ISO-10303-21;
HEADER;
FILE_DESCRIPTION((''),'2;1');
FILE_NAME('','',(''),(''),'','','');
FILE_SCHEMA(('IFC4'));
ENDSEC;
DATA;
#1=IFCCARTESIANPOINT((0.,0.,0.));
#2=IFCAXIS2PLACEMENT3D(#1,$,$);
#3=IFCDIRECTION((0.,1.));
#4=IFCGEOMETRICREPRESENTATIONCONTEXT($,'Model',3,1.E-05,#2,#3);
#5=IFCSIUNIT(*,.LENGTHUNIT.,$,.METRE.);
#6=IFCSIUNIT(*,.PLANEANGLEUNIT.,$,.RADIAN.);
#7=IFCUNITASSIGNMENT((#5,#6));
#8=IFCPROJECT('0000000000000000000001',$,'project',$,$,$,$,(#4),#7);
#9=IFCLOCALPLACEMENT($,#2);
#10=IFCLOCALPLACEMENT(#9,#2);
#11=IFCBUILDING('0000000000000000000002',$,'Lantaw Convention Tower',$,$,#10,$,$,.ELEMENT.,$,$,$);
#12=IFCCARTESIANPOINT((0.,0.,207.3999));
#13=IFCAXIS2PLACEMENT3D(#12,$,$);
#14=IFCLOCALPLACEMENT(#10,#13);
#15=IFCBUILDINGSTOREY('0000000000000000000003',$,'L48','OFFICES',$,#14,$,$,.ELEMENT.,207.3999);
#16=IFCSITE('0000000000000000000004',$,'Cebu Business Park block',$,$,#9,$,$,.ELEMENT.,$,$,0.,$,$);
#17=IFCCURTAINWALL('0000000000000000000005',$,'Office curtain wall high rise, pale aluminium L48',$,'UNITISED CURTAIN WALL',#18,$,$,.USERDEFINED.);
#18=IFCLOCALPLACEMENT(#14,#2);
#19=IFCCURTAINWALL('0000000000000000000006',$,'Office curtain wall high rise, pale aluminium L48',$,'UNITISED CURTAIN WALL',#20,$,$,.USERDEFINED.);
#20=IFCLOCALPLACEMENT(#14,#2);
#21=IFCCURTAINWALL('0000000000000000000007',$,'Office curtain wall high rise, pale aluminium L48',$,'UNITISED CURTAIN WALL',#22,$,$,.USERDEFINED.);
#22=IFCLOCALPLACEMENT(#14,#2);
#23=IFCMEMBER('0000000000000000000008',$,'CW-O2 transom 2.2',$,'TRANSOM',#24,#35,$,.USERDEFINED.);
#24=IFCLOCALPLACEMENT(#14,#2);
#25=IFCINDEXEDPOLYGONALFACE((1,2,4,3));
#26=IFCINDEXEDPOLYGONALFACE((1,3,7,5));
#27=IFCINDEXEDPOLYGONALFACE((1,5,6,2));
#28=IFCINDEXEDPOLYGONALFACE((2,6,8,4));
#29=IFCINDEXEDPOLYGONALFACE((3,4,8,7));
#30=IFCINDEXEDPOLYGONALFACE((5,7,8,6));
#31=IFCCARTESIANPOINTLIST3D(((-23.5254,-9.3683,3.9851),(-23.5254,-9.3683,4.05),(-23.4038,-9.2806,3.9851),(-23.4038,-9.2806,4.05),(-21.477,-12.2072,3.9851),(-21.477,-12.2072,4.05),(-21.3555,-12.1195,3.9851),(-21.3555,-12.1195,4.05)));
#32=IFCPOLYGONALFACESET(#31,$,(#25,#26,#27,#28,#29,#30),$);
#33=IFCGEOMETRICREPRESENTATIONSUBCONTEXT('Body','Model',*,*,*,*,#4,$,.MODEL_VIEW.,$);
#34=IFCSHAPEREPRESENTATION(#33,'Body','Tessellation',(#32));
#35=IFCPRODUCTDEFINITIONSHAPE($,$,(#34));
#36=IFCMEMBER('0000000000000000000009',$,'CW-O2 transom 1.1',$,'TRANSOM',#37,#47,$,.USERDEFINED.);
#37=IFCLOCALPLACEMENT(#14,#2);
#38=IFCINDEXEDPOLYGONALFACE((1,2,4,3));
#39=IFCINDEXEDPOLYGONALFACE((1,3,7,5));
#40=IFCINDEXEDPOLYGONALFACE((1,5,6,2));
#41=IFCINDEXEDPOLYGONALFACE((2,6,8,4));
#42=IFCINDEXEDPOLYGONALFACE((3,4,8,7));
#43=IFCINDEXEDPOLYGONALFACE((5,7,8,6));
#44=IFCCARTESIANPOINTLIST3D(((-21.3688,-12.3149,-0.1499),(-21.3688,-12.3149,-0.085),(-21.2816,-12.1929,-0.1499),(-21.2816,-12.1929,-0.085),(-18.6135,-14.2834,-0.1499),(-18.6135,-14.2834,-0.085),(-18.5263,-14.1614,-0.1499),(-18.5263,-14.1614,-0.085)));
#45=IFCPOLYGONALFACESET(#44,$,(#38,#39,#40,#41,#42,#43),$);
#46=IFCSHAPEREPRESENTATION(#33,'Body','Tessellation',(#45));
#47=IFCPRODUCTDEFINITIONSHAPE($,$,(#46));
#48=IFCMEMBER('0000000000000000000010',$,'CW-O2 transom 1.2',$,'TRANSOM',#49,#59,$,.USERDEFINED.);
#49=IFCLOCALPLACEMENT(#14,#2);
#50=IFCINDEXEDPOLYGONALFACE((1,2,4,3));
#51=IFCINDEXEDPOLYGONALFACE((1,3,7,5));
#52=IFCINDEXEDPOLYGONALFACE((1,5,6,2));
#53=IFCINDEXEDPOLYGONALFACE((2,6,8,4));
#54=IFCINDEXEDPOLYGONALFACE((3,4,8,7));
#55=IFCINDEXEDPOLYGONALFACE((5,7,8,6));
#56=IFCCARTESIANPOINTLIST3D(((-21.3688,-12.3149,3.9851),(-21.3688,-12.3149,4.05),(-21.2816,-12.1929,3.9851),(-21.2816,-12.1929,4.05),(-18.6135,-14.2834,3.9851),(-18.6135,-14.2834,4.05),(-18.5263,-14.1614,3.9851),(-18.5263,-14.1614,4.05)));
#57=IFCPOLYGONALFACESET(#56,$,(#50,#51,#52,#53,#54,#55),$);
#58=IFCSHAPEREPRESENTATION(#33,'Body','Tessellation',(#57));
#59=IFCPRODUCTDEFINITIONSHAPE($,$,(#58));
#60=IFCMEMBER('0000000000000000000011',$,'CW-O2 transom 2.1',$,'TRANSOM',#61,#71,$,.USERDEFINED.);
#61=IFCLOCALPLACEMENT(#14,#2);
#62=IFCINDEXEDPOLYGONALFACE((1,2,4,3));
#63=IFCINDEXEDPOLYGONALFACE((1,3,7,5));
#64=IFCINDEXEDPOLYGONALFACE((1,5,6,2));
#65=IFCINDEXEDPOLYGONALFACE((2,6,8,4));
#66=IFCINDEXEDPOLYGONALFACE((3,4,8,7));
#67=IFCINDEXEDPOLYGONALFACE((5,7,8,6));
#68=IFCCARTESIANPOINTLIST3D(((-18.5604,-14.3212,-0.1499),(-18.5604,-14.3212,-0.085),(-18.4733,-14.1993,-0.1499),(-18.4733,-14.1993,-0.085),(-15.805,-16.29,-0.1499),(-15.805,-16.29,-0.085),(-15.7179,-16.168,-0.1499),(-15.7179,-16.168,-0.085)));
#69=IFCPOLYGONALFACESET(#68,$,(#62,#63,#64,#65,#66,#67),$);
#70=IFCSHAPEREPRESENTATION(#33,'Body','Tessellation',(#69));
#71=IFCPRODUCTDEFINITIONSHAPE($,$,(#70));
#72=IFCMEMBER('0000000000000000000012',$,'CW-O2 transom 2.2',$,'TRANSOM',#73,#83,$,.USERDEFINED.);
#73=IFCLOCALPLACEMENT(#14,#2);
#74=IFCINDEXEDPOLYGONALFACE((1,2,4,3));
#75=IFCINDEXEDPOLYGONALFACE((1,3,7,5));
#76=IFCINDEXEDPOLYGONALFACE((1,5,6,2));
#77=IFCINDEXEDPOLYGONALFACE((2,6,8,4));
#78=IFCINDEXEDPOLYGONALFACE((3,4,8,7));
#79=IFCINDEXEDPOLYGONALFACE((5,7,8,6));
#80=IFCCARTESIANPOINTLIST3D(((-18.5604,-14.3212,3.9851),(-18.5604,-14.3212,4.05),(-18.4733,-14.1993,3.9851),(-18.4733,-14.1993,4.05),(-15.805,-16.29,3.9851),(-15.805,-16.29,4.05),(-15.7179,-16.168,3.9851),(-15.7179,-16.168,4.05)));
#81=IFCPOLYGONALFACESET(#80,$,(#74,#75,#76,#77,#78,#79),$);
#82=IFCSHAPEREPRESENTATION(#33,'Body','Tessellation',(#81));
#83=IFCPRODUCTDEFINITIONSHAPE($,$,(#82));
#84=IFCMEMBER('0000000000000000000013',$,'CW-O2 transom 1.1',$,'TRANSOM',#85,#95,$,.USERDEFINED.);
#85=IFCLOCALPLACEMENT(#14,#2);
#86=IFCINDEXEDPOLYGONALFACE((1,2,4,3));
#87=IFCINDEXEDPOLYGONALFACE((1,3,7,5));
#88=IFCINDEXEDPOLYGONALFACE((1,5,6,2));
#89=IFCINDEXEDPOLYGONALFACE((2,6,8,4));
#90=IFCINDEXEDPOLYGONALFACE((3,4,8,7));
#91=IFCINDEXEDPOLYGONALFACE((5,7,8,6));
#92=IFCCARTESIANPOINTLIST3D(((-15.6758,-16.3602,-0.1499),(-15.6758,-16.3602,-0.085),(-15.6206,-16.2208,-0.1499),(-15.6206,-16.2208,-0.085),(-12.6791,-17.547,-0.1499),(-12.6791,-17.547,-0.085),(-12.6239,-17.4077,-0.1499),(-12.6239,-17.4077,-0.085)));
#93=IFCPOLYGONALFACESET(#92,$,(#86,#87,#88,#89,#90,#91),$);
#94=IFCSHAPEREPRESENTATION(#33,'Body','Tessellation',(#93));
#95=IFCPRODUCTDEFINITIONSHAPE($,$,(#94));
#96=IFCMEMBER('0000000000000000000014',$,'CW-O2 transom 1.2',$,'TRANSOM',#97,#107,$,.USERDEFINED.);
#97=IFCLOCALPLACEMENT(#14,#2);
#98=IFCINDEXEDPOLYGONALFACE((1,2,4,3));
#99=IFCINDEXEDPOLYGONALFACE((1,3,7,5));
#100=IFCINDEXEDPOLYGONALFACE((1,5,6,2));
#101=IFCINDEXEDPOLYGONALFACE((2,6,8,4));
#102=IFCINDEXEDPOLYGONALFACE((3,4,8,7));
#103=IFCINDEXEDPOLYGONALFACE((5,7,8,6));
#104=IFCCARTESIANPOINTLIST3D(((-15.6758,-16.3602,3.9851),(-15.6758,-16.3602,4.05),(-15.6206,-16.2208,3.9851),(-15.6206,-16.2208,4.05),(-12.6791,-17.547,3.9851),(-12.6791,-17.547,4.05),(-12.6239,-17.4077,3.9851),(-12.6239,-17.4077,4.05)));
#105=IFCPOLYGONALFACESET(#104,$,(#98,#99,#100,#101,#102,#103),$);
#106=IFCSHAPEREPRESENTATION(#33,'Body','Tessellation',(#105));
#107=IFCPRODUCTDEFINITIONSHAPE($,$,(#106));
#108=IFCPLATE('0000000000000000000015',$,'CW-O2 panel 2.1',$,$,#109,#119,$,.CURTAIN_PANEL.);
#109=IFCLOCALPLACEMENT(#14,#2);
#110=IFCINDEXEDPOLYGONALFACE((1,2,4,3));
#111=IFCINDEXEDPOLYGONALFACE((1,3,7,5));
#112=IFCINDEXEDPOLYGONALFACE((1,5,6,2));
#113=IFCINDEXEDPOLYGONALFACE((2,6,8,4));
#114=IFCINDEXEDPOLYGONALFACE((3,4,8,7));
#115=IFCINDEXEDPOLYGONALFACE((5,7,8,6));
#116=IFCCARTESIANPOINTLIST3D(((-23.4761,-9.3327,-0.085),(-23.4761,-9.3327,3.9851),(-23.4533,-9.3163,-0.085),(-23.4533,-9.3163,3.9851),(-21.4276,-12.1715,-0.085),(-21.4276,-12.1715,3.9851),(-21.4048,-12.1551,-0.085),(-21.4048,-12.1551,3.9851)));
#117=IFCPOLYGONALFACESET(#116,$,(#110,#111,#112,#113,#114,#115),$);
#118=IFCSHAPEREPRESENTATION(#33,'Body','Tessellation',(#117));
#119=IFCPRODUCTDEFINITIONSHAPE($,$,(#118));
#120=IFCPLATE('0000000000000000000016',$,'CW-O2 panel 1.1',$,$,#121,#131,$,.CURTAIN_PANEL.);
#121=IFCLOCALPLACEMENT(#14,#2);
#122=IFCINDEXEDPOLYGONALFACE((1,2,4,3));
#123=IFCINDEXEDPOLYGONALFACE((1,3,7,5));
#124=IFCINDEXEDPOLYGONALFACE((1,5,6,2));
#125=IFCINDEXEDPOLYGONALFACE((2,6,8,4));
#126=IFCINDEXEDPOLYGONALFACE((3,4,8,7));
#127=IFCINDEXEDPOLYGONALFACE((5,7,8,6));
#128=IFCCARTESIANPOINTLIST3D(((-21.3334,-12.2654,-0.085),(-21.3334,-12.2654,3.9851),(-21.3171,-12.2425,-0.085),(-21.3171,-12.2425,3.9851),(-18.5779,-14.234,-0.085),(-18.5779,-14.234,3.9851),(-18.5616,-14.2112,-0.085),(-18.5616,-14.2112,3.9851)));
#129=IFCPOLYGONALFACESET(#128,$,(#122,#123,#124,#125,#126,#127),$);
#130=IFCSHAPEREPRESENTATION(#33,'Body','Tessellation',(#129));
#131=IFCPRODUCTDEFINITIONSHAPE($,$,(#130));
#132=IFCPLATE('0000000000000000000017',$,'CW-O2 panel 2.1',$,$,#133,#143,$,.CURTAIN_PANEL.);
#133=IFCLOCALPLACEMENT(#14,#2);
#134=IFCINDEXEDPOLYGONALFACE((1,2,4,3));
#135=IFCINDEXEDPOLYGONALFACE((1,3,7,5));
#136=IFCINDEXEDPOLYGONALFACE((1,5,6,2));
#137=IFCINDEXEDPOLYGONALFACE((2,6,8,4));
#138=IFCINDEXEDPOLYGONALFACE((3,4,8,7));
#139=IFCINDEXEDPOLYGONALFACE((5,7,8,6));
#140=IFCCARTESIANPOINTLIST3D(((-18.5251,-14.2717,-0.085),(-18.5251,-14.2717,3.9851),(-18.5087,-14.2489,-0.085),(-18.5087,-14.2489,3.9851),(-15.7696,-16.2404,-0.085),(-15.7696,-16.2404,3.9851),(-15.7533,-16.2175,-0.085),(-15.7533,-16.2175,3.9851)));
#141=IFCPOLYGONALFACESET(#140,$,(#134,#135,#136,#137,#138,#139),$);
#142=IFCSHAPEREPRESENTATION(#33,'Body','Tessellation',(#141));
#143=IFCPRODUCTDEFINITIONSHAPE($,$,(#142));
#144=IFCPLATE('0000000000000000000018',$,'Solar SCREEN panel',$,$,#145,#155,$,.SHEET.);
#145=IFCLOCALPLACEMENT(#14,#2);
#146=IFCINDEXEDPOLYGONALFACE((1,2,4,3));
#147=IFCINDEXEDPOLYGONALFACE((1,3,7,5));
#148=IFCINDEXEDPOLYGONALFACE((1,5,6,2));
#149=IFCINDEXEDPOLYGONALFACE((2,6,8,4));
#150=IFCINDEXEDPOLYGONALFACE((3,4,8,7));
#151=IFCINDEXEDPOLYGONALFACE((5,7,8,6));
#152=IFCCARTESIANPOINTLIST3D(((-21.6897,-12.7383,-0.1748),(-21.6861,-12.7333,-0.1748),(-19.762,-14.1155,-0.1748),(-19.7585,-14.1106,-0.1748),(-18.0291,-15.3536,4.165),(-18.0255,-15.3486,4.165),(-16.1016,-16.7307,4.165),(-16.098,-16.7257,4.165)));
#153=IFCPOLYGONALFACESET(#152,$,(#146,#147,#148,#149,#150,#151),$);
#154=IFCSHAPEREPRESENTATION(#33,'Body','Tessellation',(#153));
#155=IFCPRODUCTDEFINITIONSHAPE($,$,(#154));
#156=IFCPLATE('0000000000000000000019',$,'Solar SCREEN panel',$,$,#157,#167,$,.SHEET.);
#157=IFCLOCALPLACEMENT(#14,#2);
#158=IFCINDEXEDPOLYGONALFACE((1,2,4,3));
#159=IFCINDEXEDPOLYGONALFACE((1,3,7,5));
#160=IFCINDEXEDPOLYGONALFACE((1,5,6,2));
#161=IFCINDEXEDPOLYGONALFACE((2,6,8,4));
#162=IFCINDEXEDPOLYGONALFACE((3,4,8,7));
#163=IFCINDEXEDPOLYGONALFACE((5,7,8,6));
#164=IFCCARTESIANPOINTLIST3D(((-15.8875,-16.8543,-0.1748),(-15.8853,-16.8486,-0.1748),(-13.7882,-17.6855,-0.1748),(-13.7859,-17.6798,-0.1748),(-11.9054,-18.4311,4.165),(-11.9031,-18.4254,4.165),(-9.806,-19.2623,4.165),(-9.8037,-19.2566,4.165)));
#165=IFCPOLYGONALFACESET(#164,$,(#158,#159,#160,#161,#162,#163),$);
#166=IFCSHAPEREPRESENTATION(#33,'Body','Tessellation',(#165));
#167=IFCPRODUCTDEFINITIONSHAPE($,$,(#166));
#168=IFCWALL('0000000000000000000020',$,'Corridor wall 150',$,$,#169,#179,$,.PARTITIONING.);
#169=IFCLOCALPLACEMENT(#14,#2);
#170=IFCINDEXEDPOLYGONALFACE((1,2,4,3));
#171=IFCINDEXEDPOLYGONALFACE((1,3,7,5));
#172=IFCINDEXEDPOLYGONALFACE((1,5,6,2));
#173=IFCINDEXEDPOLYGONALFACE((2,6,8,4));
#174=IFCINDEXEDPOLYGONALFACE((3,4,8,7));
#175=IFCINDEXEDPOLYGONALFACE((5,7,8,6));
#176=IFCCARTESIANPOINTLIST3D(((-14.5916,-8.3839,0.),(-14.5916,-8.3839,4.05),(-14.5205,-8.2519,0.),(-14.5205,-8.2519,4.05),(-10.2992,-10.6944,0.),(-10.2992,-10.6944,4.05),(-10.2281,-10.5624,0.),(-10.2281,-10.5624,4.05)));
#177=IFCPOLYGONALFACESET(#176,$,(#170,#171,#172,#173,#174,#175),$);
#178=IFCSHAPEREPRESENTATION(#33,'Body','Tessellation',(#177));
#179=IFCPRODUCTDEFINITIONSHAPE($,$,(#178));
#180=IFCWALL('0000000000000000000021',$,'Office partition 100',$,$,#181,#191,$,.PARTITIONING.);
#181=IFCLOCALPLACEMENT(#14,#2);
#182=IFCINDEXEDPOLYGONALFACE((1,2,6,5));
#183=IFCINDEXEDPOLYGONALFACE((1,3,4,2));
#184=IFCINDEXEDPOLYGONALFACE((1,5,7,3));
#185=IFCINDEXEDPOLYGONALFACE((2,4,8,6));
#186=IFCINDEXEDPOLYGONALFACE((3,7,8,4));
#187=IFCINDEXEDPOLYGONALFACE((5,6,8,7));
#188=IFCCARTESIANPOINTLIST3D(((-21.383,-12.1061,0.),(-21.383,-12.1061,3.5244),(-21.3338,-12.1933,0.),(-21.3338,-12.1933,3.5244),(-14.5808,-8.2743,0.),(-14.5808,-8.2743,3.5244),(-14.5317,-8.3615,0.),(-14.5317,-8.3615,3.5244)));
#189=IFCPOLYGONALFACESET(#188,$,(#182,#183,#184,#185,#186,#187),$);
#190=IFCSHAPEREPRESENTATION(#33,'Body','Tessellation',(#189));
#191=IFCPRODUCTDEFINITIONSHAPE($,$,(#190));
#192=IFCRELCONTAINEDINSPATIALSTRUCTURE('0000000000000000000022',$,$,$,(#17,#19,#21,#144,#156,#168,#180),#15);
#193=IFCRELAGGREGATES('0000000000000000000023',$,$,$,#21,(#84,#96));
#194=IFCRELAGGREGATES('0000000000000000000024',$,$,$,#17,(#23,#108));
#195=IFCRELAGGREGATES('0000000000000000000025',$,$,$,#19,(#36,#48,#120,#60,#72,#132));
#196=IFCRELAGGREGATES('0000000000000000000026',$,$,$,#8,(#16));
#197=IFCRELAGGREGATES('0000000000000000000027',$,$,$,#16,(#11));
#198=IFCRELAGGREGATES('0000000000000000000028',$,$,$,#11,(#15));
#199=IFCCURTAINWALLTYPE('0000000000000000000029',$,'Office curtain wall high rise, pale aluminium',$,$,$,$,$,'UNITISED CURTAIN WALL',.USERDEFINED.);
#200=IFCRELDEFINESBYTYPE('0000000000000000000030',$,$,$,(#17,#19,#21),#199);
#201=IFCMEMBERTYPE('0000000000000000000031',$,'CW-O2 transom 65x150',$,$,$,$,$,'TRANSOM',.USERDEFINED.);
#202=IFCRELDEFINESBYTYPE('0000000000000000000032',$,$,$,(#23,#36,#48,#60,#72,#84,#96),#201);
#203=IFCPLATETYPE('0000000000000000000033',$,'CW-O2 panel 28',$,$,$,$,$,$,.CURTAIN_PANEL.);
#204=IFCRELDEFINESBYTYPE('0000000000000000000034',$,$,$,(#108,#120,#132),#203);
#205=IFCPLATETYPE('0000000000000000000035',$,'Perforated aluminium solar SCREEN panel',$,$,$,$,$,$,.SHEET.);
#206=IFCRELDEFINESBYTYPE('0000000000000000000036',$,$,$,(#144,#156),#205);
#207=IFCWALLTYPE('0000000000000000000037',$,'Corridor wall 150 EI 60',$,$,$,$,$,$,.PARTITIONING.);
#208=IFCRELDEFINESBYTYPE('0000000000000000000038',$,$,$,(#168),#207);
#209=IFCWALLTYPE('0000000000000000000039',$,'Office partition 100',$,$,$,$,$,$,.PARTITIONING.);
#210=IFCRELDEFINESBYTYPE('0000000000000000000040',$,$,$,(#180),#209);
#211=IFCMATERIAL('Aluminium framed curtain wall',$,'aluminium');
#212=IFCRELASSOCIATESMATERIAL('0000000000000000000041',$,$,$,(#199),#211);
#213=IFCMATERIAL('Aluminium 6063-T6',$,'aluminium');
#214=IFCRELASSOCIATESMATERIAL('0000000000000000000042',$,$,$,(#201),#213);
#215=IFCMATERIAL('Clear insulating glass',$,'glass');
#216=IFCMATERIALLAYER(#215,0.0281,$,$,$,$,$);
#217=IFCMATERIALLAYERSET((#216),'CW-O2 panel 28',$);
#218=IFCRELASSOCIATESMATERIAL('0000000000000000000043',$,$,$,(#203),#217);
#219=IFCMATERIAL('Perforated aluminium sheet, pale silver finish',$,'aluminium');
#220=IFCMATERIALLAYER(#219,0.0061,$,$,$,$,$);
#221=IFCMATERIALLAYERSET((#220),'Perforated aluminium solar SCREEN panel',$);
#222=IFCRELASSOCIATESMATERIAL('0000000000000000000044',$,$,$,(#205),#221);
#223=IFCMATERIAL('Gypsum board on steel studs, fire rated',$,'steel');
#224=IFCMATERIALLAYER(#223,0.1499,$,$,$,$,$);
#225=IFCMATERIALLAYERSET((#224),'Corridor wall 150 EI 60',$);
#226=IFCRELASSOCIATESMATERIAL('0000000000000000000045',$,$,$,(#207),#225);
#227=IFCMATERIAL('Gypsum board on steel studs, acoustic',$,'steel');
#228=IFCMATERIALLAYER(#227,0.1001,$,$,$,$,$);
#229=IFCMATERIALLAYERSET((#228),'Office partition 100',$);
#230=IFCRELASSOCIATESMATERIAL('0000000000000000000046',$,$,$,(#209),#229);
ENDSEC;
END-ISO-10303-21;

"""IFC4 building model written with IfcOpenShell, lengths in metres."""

from ifc_helpers import new_model, si_unit, direction, frame, frame_2d, origin, origin_2d, place, context, subcontext, project, spatial, polyline, rectangle, outline, extrude, material, layer, layer_set, material_profile, profile_set, type_object, element, aggregate, save


model = new_model("IFC4")

# Units and contexts
model_context = context("Model", 3, precision=1e-05, world=origin(), true_north=direction((0.0, 1.0)))
body_context = subcontext(model_context, "Body", "Model", "MODEL_VIEW")
ifc_project = project(units=[si_unit("LENGTHUNIT", "METRE"), si_unit("PLANEANGLEUNIT", "RADIAN")], contexts=[model_context])

# Site, building, storey
site_placement = place(None, origin())
site = spatial("IfcSite", under=ifc_project, at=site_placement, Name="Cebu Business Park block", CompositionType="ELEMENT", RefElevation=0.0)
building_placement = place(site_placement, origin())
building = spatial("IfcBuilding", under=site, at=building_placement, Name="Lantaw Convention Tower", CompositionType="ELEMENT")
storey_placement = place(building_placement, frame((0.0, 0.0, 207.3999)))
storey = spatial("IfcBuildingStorey", under=building, at=storey_placement, Name="L48", Description="OFFICES", CompositionType="ELEMENT", Elevation=207.3999)

# Curtain walls
ifc_material_1 = material(Name="Aluminium framed curtain wall", Category="aluminium")
curtain_wall_type = type_object("IfcCurtainWallType", Name="Office curtain wall high rise, pale aluminium", ElementType="UNITISED CURTAIN WALL", PredefinedType="USERDEFINED", material=ifc_material_1)
curtain_wall_1_placement = place(storey_placement, origin())
curtain_wall_1 = element("IfcCurtainWall", 1, at=curtain_wall_1_placement, inside=storey, type_object=curtain_wall_type, Name="Office curtain wall high rise, pale aluminium L48", ObjectType="UNITISED CURTAIN WALL", PredefinedType="USERDEFINED")
ifc_material_2 = material(Name="Aluminium 6063-T6", Category="aluminium")
curtain_wall_2_placement = place(storey_placement, origin())
curtain_wall_2 = element("IfcCurtainWall", 2, at=curtain_wall_2_placement, inside=storey, type_object=curtain_wall_type, Name="Office curtain wall high rise, pale aluminium L48", ObjectType="UNITISED CURTAIN WALL", PredefinedType="USERDEFINED")

# Curtain wall
curtain_wall_3_placement = place(storey_placement, origin())
curtain_wall_3 = element("IfcCurtainWall", 3, at=curtain_wall_3_placement, inside=storey, type_object=curtain_wall_type, Name="Office curtain wall high rise, pale aluminium L48", ObjectType="UNITISED CURTAIN WALL", PredefinedType="USERDEFINED")

# Members
ifc_material_profile_1 = material_profile(ifc_material_2, rectangle(XDim=0.1499, YDim=0.0649, at=origin_2d()), Name="CW-O2 transom 65x150")
ifc_profile_set_1 = profile_set([ifc_material_profile_1], Name="Aluminium 6063-T6")
member_type_1 = type_object("IfcMemberType", Name="CW-O2 transom 65x150", ElementType="TRANSOM", PredefinedType="USERDEFINED", material=ifc_profile_set_1)
member_1_placement = place(storey_placement, frame((-23.4646, -9.3245, 4.0176), z_axis=(0.585124, -0.810944, 0.0), x_axis=(0.810944, 0.585124, 0.0)))
member_1 = element("IfcMember", 4, at=member_1_placement, type_object=member_type_1, Name="CW-O2 transom 2.2", ObjectType="TRANSOM", PredefinedType="USERDEFINED", context=body_context, shape_type="SweptSolid", body=[
    extrude(rectangle(XDim=0.1499, YDim=0.0649, at=origin_2d()), origin(), (0.0, 0.0, 1.0), 3.5007),
])
member_2_placement = place(storey_placement, frame((-21.3252, -12.2539, -0.1174), z_axis=(0.81368, -0.581313, 0.0), x_axis=(0.581313, 0.81368, 0.0)))
member_2 = element("IfcMember", 5, at=member_2_placement, type_object=member_type_1, Name="CW-O2 transom 1.1", ObjectType="TRANSOM", PredefinedType="USERDEFINED", context=body_context, shape_type="SweptSolid", body=[
    extrude(rectangle(XDim=0.1499, YDim=0.0649, at=origin_2d()), origin(), (0.0, 0.0, 1.0), 3.3862),
])
member_3_placement = place(storey_placement, frame((-21.3252, -12.2539, 4.0176), z_axis=(0.81368, -0.581313, 0.0), x_axis=(0.581313, 0.81368, 0.0)))
member_3 = element("IfcMember", 6, at=member_3_placement, type_object=member_type_1, Name="CW-O2 transom 1.2", ObjectType="TRANSOM", PredefinedType="USERDEFINED", context=body_context, shape_type="SweptSolid", body=[
    extrude(rectangle(XDim=0.1499, YDim=0.0649, at=origin_2d()), origin(), (0.0, 0.0, 1.0), 3.3862),
])
member_4_placement = place(storey_placement, frame((-18.5168, -14.2603, -0.1174), z_axis=(0.813646, -0.581361, 0.0), x_axis=(0.581361, 0.813646, 0.0)))
member_4 = element("IfcMember", 7, at=member_4_placement, type_object=member_type_1, Name="CW-O2 transom 2.1", ObjectType="TRANSOM", PredefinedType="USERDEFINED", context=body_context, shape_type="SweptSolid", body=[
    extrude(rectangle(XDim=0.1499, YDim=0.0649, at=origin_2d()), origin(), (0.0, 0.0, 1.0), 3.3865),
])
member_5_placement = place(storey_placement, frame((-18.5168, -14.2603, 4.0176), z_axis=(0.813646, -0.581361, 0.0), x_axis=(0.581361, 0.813646, 0.0)))
member_5 = element("IfcMember", 8, at=member_5_placement, type_object=member_type_1, Name="CW-O2 transom 2.2", ObjectType="TRANSOM", PredefinedType="USERDEFINED", context=body_context, shape_type="SweptSolid", body=[
    extrude(rectangle(XDim=0.1499, YDim=0.0649, at=origin_2d()), origin(), (0.0, 0.0, 1.0), 3.3865),
])
member_6_placement = place(storey_placement, frame((-15.6482, -16.2905, -0.1174), z_axis=(0.929741, -0.368215, 0.0), x_axis=(0.368215, 0.929741, 0.0)))
member_6 = element("IfcMember", 9, at=member_6_placement, type_object=member_type_1, Name="CW-O2 transom 1.1", ObjectType="TRANSOM", PredefinedType="USERDEFINED", context=body_context, shape_type="SweptSolid", body=[
    extrude(rectangle(XDim=0.1499, YDim=0.0649, at=origin_2d()), origin(), (0.0, 0.0, 1.0), 3.2231),
])
member_7_placement = place(storey_placement, frame((-15.6482, -16.2905, 4.0176), z_axis=(0.929741, -0.368215, 0.0), x_axis=(0.368215, 0.929741, 0.0)))
member_7 = element("IfcMember", 10, at=member_7_placement, type_object=member_type_1, Name="CW-O2 transom 1.2", ObjectType="TRANSOM", PredefinedType="USERDEFINED", context=body_context, shape_type="SweptSolid", body=[
    extrude(rectangle(XDim=0.1499, YDim=0.0649, at=origin_2d()), origin(), (0.0, 0.0, 1.0), 3.2231),
])
aggregate(curtain_wall_3, [member_6, member_7])

# Plates
ifc_material_3 = material(Name="Clear insulating glass", Category="glass")
ifc_layer_1 = layer(ifc_material_3, 0.0281)
ifc_layer_set_1 = layer_set([ifc_layer_1], Name="CW-O2 panel 28")
plate_type_1 = type_object("IfcPlateType", Name="CW-O2 panel 28", PredefinedType="CURTAIN_PANEL", material=ifc_layer_set_1)
plate_1_placement = place(storey_placement, frame((-22.4404, -10.7439, -0.085), z_axis=(0.0, 0.0, 1.0), x_axis=(0.585158, -0.81092, 0.0)))
plate_1 = element("IfcPlate", 11, at=plate_1_placement, type_object=plate_type_1, Name="CW-O2 panel 2.1", PredefinedType="CURTAIN_PANEL", context=body_context, shape_type="SweptSolid", body=[
    extrude(rectangle(XDim=3.5007, YDim=0.0281, at=origin_2d()), origin(), (0.0, 0.0, 1.0), 4.0701),
])
aggregate(curtain_wall_1, [member_1, plate_1])
plate_2_placement = place(storey_placement, frame((-19.9475, -13.2383, -0.085), z_axis=(0.0, 0.0, 1.0), x_axis=(0.813673, -0.581323, 0.0)))
plate_2 = element("IfcPlate", 12, at=plate_2_placement, type_object=plate_type_1, Name="CW-O2 panel 1.1", PredefinedType="CURTAIN_PANEL", context=body_context, shape_type="SweptSolid", body=[
    extrude(rectangle(XDim=3.3865, YDim=0.0281, at=origin_2d()), origin(), (0.0, 0.0, 1.0), 4.0701),
])
plate_3_placement = place(storey_placement, frame((-17.1392, -15.2446, -0.085), z_axis=(0.0, 0.0, 1.0), x_axis=(0.813673, -0.581323, 0.0)))
plate_3 = element("IfcPlate", 13, at=plate_3_placement, type_object=plate_type_1, Name="CW-O2 panel 2.1", PredefinedType="CURTAIN_PANEL", context=body_context, shape_type="SweptSolid", body=[
    extrude(rectangle(XDim=3.3865, YDim=0.0281, at=origin_2d()), origin(), (0.0, 0.0, 1.0), 4.0701),
])
aggregate(curtain_wall_2, [member_2, member_3, plate_2, member_4, member_5, plate_3])

# Plates
ifc_material_4 = material(Name="Perforated aluminium sheet, pale silver finish", Category="aluminium")
ifc_layer_2 = layer(ifc_material_4, 0.0061)
ifc_layer_set_2 = layer_set([ifc_layer_2], Name="Perforated aluminium solar SCREEN panel")
plate_type_2 = type_object("IfcPlateType", Name="Perforated aluminium solar SCREEN panel", PredefinedType="SHEET", material=ifc_layer_set_2)
plate_4_placement = place(storey_placement, frame((-21.6897, -12.7383, -0.1748), z_axis=(-0.581331, -0.813667, 0.00001), x_axis=(0.813667, -0.581331, 0.0)))
element("IfcPlate", 14, at=plate_4_placement, inside=storey, type_object=plate_type_2, Name="Solar SCREEN panel", PredefinedType="SHEET", context=body_context, shape_type="SweptSolid", body=[
    extrude(outline(polyline([(0.0, 0.0), (2.3691, 0.0), (6.8678, 4.3398), (4.4989, 4.3398), (0.0, 0.0)])), origin(), (0.0, 0.0, -1.0), 0.0061),
])
plate_5_placement = place(storey_placement, frame((-15.8853, -16.8486, -0.1748), z_axis=(0.368117, 0.92978, 0.000036), x_axis=(0.92978, -0.368117, 0.0)))
element("IfcPlate", 15, at=plate_5_placement, inside=storey, type_object=plate_type_2, Name="Solar SCREEN panel", PredefinedType="SHEET", context=body_context, shape_type="SweptSolid", body=[
    extrude(outline(polyline([(0.0, 0.0), (2.2579, 0.0), (6.5409, -4.3398), (4.2829, -4.3398), (0.0, 0.0)])), origin(), (0.0, 0.0, -1.0), 0.0061),
])

# Walls
ifc_material_5 = material(Name="Gypsum board on steel studs, fire rated", Category="steel")
ifc_layer_3 = layer(ifc_material_5, 0.1499)
ifc_layer_set_3 = layer_set([ifc_layer_3], Name="Corridor wall 150 EI 60")
wall_type_1 = type_object("IfcWallType", Name="Corridor wall 150 EI 60", PredefinedType="PARTITIONING", material=ifc_layer_set_3)
wall_1_placement = place(storey_placement, frame((-14.5562, -8.3179, 0.0), z_axis=(0.0, 0.0, 1.0), x_axis=(0.880539, -0.473974, 0.0)))
element("IfcWall", 16, at=wall_1_placement, inside=storey, type_object=wall_type_1, Name="Corridor wall 150", PredefinedType="PARTITIONING", context=body_context, shape_type="SweptSolid", body=[
    extrude(rectangle(XDim=4.8748, YDim=0.1499, at=frame_2d((2.4375, 0.0))), origin(), (0.0, 0.0, 1.0), 4.05),
])
ifc_material_6 = material(Name="Gypsum board on steel studs, acoustic", Category="steel")
ifc_layer_4 = layer(ifc_material_6, 0.1001)
ifc_layer_set_4 = layer_set([ifc_layer_4], Name="Office partition 100")
wall_type_2 = type_object("IfcWallType", Name="Office partition 100", PredefinedType="PARTITIONING", material=ifc_layer_set_4)
wall_2_placement = place(storey_placement, frame((-21.3584, -12.1497, 0.0), z_axis=(0.0, 0.0, 1.0), x_axis=(0.871273, 0.490799, 0.0)))
element("IfcWall", 17, at=wall_2_placement, inside=storey, type_object=wall_type_2, Name="Office partition 100", PredefinedType="PARTITIONING", context=body_context, shape_type="SweptSolid", body=[
    extrude(rectangle(XDim=7.8071, YDim=0.1001, at=frame_2d((3.9036, 0.0))), origin(), (0.0, 0.0, 1.0), 3.5244),
])

save(model, "model.ifc")
